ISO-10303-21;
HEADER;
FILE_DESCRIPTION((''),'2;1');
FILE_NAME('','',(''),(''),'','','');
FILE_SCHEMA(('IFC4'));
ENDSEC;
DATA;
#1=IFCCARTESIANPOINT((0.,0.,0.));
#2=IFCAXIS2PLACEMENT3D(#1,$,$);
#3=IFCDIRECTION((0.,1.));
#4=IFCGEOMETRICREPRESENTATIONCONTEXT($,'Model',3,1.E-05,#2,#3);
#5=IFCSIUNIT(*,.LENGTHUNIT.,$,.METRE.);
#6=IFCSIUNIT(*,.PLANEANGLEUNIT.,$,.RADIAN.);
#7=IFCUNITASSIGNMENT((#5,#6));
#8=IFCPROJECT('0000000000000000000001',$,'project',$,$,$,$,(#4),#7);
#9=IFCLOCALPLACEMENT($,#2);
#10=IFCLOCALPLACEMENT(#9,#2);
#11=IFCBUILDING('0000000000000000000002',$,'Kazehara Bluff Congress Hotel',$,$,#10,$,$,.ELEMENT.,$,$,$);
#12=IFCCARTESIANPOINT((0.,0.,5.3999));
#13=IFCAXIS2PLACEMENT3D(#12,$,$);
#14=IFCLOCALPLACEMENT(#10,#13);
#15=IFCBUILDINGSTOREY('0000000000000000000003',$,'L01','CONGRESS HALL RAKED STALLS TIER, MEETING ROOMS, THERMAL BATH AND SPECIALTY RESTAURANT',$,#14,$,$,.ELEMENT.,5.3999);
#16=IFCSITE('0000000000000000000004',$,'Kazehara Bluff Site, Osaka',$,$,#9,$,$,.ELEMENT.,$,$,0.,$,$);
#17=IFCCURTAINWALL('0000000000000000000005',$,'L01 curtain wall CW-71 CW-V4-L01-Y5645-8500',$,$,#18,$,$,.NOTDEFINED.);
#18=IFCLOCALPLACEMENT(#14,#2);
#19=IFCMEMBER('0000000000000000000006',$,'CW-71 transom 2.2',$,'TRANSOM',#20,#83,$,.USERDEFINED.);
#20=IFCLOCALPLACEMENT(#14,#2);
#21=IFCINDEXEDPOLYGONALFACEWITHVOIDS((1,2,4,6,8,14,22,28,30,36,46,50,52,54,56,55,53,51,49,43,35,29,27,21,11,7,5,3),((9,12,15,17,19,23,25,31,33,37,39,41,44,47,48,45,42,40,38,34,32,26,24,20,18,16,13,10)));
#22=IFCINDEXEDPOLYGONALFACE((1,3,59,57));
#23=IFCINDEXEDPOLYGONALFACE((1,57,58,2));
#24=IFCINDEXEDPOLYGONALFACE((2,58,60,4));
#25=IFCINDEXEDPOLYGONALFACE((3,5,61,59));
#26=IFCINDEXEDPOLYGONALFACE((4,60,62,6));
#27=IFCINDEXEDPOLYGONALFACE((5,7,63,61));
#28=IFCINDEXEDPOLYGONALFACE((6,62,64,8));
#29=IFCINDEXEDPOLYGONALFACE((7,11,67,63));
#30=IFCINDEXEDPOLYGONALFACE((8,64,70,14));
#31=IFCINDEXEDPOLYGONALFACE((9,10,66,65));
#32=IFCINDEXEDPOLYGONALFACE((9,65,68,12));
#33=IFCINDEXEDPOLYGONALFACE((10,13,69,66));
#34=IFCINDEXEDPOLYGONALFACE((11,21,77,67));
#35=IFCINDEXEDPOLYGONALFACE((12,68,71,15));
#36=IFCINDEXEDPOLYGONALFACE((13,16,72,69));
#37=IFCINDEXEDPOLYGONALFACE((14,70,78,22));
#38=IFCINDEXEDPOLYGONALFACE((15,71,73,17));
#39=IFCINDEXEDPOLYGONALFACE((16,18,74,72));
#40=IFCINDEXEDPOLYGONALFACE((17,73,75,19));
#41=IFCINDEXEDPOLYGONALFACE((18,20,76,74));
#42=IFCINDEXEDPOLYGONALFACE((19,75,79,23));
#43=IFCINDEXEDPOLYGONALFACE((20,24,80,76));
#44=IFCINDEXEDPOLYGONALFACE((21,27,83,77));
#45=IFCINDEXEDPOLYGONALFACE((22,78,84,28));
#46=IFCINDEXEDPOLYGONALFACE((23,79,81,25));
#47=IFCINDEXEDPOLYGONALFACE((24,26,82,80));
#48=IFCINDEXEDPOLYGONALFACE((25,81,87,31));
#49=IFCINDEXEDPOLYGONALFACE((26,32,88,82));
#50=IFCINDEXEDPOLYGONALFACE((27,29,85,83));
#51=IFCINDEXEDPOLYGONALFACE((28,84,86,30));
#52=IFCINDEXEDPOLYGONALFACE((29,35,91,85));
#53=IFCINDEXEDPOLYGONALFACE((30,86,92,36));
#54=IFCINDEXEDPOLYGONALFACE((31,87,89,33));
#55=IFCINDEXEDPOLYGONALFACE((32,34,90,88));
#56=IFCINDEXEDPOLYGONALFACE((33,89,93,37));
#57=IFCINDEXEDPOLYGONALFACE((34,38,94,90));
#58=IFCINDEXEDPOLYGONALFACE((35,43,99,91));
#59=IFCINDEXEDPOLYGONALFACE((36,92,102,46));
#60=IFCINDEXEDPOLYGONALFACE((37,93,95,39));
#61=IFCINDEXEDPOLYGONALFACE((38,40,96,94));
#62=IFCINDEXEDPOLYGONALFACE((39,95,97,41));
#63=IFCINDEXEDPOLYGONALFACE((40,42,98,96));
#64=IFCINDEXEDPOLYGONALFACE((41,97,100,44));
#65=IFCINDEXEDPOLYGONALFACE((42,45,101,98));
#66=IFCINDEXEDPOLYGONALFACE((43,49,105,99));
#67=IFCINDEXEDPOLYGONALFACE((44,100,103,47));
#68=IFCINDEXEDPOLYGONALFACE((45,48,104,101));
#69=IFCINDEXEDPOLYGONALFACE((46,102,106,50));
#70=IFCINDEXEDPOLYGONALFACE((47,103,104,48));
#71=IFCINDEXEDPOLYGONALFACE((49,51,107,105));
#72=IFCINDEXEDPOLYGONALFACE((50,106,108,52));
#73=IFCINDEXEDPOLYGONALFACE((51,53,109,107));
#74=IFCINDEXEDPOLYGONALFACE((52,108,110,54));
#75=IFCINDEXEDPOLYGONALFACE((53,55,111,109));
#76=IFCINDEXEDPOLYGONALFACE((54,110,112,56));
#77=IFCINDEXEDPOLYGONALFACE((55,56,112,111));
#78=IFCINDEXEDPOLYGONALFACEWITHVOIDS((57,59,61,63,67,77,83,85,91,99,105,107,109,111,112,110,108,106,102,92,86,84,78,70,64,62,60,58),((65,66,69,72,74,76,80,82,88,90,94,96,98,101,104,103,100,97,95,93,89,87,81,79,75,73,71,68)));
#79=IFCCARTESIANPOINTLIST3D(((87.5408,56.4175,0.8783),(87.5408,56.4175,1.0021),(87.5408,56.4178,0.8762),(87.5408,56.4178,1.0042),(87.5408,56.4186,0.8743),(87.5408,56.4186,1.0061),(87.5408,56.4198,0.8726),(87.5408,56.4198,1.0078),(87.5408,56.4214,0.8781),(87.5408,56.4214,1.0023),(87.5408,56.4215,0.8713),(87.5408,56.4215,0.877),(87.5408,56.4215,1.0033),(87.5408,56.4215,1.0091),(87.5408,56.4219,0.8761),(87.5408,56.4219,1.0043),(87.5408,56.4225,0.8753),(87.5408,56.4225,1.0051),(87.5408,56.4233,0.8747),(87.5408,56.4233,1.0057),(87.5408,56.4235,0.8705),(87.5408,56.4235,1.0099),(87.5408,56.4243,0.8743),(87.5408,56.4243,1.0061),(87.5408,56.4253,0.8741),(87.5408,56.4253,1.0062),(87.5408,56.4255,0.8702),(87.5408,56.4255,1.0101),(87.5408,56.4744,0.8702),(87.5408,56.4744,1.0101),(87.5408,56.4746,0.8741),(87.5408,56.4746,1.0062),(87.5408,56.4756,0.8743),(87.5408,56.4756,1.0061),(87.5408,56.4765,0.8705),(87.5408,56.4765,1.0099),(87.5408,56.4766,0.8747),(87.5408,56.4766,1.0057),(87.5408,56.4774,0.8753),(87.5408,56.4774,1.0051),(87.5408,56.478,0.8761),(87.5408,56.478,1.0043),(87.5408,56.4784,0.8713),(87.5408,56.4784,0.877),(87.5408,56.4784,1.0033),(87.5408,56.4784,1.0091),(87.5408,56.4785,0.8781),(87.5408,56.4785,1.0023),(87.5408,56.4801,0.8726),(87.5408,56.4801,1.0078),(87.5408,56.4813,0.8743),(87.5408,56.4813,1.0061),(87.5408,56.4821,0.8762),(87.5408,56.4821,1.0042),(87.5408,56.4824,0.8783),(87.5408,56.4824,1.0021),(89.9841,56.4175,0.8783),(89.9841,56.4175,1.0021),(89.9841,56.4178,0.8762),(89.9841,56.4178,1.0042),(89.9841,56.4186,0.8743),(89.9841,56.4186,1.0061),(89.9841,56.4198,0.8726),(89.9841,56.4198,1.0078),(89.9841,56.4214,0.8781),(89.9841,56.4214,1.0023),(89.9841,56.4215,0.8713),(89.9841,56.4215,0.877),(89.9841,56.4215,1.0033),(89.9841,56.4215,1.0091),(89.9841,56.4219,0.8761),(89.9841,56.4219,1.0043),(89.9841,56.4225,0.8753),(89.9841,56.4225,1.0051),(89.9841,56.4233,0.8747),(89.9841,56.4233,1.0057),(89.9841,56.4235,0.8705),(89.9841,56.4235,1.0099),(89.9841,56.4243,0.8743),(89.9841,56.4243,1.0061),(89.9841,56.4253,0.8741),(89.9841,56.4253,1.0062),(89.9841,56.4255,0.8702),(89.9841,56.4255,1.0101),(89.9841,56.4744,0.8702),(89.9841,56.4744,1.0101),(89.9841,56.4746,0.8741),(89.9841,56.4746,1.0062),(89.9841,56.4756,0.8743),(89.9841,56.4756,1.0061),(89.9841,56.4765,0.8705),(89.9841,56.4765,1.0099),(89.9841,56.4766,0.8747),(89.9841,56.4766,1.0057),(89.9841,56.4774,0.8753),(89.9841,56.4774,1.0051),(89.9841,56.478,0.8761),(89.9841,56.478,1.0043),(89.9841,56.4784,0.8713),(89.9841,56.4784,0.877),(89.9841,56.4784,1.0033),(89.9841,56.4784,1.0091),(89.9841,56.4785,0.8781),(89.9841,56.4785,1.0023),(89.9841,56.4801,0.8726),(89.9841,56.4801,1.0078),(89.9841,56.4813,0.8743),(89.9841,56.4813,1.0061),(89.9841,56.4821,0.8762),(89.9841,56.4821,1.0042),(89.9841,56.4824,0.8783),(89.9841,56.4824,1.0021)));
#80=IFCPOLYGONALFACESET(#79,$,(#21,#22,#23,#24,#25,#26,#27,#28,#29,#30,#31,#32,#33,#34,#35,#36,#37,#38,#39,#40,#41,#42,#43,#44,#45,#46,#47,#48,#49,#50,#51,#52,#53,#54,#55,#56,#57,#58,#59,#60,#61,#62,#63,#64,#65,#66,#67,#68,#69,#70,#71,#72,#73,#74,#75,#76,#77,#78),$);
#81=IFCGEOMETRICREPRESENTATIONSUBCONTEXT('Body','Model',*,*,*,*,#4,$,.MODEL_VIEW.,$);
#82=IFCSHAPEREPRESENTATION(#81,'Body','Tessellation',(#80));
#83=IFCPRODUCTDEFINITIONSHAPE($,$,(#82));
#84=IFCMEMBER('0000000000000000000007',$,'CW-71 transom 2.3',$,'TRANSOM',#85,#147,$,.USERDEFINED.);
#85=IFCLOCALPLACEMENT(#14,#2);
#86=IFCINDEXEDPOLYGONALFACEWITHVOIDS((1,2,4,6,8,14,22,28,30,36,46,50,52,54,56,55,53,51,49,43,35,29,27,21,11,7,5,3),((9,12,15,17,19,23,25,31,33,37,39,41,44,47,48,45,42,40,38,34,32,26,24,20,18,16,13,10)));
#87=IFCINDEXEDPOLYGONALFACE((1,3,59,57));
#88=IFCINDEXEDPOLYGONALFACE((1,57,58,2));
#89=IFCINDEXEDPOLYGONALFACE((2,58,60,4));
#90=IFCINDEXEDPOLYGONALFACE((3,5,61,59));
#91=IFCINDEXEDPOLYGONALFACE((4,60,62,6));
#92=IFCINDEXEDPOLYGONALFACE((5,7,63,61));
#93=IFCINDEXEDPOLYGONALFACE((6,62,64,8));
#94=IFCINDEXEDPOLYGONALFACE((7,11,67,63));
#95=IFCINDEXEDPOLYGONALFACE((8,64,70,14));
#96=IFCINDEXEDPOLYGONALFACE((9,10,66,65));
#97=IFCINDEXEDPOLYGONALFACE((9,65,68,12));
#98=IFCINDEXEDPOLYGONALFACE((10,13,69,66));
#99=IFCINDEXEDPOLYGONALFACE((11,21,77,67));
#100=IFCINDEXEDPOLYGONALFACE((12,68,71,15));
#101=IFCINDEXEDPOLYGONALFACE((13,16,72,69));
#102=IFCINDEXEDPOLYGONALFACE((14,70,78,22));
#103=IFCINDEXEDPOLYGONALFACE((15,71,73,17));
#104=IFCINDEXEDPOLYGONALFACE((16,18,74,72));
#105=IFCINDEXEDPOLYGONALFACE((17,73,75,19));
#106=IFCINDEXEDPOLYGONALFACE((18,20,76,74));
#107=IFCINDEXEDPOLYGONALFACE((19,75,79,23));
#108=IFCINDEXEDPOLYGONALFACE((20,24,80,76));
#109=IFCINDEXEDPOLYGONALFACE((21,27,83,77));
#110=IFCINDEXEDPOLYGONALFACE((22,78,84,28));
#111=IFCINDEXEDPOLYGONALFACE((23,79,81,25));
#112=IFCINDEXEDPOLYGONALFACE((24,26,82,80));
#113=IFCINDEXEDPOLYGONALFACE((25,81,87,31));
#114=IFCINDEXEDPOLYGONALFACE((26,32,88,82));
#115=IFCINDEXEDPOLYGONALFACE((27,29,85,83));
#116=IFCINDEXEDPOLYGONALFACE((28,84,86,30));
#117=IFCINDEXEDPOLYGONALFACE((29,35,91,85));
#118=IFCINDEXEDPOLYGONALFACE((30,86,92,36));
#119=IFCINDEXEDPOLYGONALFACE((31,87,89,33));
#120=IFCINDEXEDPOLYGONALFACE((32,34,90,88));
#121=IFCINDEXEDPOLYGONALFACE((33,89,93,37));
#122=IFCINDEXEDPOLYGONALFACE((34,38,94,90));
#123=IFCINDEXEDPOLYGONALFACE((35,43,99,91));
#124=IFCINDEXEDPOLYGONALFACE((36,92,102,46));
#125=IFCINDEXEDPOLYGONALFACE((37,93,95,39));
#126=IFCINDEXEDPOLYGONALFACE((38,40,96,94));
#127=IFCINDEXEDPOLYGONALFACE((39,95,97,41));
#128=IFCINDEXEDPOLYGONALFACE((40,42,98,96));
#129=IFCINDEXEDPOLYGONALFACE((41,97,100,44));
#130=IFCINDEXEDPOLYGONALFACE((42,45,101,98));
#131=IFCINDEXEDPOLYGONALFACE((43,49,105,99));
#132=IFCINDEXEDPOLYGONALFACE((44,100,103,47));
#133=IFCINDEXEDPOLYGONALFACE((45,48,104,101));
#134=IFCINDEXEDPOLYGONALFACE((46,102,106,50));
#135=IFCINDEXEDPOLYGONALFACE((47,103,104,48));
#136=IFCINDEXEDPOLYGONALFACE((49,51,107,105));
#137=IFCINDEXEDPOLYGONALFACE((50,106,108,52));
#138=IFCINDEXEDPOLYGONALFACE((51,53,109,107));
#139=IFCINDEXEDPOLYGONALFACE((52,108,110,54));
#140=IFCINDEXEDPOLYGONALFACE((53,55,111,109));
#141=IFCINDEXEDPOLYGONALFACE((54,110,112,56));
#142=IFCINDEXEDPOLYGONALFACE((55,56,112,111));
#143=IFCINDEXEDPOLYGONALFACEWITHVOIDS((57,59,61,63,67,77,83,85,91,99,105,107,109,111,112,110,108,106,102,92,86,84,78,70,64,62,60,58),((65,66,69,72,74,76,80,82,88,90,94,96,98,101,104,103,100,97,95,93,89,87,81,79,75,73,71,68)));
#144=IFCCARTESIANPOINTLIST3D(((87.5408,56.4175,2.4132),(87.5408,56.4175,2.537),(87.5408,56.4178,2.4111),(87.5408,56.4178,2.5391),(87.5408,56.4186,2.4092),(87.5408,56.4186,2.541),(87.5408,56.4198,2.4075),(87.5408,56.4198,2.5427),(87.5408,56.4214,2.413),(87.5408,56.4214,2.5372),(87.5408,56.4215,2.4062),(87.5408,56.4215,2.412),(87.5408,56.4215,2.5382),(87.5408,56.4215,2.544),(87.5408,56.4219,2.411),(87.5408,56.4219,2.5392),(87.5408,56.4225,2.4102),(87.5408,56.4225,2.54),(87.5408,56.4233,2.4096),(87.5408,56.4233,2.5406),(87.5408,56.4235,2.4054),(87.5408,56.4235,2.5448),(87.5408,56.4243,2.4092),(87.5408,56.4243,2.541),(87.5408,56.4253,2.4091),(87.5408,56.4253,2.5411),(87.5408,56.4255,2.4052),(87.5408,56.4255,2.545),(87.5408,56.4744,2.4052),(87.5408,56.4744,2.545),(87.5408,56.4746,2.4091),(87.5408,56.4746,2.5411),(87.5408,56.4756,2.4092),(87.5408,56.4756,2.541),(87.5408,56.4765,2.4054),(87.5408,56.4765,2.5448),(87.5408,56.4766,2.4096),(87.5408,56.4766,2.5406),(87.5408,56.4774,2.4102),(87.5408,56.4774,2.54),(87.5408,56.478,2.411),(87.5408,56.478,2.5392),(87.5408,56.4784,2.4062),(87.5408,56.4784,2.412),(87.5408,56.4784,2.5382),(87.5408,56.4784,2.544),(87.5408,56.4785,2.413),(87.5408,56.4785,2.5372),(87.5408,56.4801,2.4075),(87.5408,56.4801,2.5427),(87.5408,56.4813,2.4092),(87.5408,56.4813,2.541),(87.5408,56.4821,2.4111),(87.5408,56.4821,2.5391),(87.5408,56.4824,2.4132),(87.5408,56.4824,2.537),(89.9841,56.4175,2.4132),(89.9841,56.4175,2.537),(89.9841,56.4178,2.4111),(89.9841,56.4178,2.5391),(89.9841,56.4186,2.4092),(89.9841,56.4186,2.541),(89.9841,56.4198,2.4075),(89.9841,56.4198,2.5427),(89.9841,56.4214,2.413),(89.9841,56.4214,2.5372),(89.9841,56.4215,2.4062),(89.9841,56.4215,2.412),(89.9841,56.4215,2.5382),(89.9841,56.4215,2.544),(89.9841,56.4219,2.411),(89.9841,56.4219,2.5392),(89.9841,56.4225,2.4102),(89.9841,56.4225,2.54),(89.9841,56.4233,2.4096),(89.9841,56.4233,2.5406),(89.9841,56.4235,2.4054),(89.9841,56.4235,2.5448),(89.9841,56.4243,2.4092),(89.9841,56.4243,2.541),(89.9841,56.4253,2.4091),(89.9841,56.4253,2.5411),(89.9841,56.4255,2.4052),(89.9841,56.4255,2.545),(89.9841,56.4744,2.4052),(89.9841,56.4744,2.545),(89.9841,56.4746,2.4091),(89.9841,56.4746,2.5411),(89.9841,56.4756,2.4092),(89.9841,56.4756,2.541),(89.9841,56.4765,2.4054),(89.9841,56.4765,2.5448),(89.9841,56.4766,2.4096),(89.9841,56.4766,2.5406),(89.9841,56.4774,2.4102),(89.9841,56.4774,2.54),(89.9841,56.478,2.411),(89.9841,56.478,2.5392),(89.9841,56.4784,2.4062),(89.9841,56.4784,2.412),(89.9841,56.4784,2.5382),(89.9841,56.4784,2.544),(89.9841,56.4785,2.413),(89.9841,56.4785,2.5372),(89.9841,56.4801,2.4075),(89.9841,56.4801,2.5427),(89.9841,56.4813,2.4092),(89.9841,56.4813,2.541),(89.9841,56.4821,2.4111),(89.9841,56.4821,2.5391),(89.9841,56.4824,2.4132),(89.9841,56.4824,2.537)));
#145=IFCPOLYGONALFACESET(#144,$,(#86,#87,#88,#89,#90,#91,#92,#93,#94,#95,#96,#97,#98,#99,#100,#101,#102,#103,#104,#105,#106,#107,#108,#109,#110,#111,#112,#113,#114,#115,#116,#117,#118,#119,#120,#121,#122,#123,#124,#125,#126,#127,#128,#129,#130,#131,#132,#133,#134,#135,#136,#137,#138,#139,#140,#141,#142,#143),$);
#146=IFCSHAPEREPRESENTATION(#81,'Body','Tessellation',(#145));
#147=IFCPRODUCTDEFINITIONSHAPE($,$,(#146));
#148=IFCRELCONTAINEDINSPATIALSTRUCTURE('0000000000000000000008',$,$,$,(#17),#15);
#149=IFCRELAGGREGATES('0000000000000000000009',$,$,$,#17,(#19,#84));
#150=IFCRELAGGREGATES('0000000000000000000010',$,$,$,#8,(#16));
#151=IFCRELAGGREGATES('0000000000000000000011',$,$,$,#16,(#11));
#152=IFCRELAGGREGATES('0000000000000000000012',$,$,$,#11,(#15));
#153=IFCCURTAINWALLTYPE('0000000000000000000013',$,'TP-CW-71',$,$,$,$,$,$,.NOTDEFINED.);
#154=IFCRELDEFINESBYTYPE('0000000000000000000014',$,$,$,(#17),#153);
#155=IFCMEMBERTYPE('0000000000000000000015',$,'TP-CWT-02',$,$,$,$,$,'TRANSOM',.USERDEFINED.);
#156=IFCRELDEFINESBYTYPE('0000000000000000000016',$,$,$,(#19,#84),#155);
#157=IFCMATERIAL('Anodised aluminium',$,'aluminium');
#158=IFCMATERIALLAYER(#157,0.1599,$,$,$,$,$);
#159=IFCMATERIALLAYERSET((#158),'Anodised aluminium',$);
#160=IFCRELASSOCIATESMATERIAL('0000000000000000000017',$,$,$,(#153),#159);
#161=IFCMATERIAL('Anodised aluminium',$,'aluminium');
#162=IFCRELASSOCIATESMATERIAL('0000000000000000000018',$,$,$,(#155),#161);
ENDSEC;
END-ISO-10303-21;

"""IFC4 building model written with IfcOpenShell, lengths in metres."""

from ifc_helpers import new_model, si_unit, direction, frame, origin, origin_2d, place, context, subcontext, project, spatial, hollow_rectangle, extrude, material, layer, layer_set, material_profile, profile_set, type_object, element, aggregate, save


model = new_model("IFC4")

# Units and contexts
model_context = context("Model", 3, precision=1e-05, world=origin(), true_north=direction((0.0, 1.0)))
body_context = subcontext(model_context, "Body", "Model", "MODEL_VIEW")
ifc_project = project(units=[si_unit("LENGTHUNIT", "METRE"), si_unit("PLANEANGLEUNIT", "RADIAN")], contexts=[model_context])

# Site, building, storey
site_placement = place(None, origin())
site = spatial("IfcSite", under=ifc_project, at=site_placement, Name="Kazehara Bluff Site, Osaka", CompositionType="ELEMENT", RefElevation=0.0)
building_placement = place(site_placement, origin())
building = spatial("IfcBuilding", under=site, at=building_placement, Name="Kazehara Bluff Congress Hotel", CompositionType="ELEMENT")
storey_placement = place(building_placement, frame((0.0, 0.0, 5.3999)))
storey = spatial("IfcBuildingStorey", under=building, at=storey_placement, Name="L01", Description="CONGRESS HALL RAKED STALLS TIER, MEETING ROOMS, THERMAL BATH AND SPECIALTY RESTAURANT", CompositionType="ELEMENT", Elevation=5.3999)

# Curtain wall, members
ifc_material_1 = material(Name="Anodised aluminium", Category="aluminium")
ifc_layer_1 = layer(ifc_material_1, 0.1599)
ifc_layer_set_1 = layer_set([ifc_layer_1], Name="Anodised aluminium")
curtain_wall_type = type_object("IfcCurtainWallType", Name="TP-CW-71", PredefinedType="NOTDEFINED", material=ifc_layer_set_1)
curtain_wall_placement = place(storey_placement, origin())
curtain_wall = element("IfcCurtainWall", 1, at=curtain_wall_placement, inside=storey, type_object=curtain_wall_type, Name="L01 curtain wall CW-71 CW-V4-L01-Y5645-8500", PredefinedType="NOTDEFINED")
ifc_material_2 = material(Name="Anodised aluminium", Category="aluminium")
ifc_material_profile_1 = material_profile(ifc_material_2, hollow_rectangle(XDim=0.0649, YDim=0.1399, WallThickness=0.0039, InnerFilletRadius=0.0039, OuterFilletRadius=0.0081, at=origin_2d()))
ifc_profile_set_1 = profile_set([ifc_material_profile_1], Name="Anodised aluminium")
member_type_1 = type_object("IfcMemberType", Name="TP-CWT-02", ElementType="TRANSOM", PredefinedType="USERDEFINED", material=ifc_profile_set_1)
member_1_placement = place(storey_placement, frame((87.5408, 56.45, 0.9402), z_axis=(1.0, 0.0, 0.0), x_axis=(0.0, 1.0, 0.0)))
member_1 = element("IfcMember", 2, at=member_1_placement, type_object=member_type_1, Name="CW-71 transom 2.2", ObjectType="TRANSOM", PredefinedType="USERDEFINED", context=body_context, shape_type="SweptSolid", body=[
    extrude(hollow_rectangle(XDim=0.0649, YDim=0.1399, WallThickness=0.0039, InnerFilletRadius=0.0039, OuterFilletRadius=0.0081, at=origin_2d()), origin(), (0.0, 0.0, 1.0), 2.4434),
])
member_2_placement = place(storey_placement, frame((87.5408, 56.45, 2.4751), z_axis=(1.0, 0.0, 0.0), x_axis=(0.0, 1.0, 0.0)))
member_2 = element("IfcMember", 3, at=member_2_placement, type_object=member_type_1, Name="CW-71 transom 2.3", ObjectType="TRANSOM", PredefinedType="USERDEFINED", context=body_context, shape_type="SweptSolid", body=[
    extrude(hollow_rectangle(XDim=0.0649, YDim=0.1399, WallThickness=0.0039, InnerFilletRadius=0.0039, OuterFilletRadius=0.0081, at=origin_2d()), origin(), (0.0, 0.0, 1.0), 2.4434),
])

aggregate(curtain_wall, [member_1, member_2])

save(model, "model.ifc")
